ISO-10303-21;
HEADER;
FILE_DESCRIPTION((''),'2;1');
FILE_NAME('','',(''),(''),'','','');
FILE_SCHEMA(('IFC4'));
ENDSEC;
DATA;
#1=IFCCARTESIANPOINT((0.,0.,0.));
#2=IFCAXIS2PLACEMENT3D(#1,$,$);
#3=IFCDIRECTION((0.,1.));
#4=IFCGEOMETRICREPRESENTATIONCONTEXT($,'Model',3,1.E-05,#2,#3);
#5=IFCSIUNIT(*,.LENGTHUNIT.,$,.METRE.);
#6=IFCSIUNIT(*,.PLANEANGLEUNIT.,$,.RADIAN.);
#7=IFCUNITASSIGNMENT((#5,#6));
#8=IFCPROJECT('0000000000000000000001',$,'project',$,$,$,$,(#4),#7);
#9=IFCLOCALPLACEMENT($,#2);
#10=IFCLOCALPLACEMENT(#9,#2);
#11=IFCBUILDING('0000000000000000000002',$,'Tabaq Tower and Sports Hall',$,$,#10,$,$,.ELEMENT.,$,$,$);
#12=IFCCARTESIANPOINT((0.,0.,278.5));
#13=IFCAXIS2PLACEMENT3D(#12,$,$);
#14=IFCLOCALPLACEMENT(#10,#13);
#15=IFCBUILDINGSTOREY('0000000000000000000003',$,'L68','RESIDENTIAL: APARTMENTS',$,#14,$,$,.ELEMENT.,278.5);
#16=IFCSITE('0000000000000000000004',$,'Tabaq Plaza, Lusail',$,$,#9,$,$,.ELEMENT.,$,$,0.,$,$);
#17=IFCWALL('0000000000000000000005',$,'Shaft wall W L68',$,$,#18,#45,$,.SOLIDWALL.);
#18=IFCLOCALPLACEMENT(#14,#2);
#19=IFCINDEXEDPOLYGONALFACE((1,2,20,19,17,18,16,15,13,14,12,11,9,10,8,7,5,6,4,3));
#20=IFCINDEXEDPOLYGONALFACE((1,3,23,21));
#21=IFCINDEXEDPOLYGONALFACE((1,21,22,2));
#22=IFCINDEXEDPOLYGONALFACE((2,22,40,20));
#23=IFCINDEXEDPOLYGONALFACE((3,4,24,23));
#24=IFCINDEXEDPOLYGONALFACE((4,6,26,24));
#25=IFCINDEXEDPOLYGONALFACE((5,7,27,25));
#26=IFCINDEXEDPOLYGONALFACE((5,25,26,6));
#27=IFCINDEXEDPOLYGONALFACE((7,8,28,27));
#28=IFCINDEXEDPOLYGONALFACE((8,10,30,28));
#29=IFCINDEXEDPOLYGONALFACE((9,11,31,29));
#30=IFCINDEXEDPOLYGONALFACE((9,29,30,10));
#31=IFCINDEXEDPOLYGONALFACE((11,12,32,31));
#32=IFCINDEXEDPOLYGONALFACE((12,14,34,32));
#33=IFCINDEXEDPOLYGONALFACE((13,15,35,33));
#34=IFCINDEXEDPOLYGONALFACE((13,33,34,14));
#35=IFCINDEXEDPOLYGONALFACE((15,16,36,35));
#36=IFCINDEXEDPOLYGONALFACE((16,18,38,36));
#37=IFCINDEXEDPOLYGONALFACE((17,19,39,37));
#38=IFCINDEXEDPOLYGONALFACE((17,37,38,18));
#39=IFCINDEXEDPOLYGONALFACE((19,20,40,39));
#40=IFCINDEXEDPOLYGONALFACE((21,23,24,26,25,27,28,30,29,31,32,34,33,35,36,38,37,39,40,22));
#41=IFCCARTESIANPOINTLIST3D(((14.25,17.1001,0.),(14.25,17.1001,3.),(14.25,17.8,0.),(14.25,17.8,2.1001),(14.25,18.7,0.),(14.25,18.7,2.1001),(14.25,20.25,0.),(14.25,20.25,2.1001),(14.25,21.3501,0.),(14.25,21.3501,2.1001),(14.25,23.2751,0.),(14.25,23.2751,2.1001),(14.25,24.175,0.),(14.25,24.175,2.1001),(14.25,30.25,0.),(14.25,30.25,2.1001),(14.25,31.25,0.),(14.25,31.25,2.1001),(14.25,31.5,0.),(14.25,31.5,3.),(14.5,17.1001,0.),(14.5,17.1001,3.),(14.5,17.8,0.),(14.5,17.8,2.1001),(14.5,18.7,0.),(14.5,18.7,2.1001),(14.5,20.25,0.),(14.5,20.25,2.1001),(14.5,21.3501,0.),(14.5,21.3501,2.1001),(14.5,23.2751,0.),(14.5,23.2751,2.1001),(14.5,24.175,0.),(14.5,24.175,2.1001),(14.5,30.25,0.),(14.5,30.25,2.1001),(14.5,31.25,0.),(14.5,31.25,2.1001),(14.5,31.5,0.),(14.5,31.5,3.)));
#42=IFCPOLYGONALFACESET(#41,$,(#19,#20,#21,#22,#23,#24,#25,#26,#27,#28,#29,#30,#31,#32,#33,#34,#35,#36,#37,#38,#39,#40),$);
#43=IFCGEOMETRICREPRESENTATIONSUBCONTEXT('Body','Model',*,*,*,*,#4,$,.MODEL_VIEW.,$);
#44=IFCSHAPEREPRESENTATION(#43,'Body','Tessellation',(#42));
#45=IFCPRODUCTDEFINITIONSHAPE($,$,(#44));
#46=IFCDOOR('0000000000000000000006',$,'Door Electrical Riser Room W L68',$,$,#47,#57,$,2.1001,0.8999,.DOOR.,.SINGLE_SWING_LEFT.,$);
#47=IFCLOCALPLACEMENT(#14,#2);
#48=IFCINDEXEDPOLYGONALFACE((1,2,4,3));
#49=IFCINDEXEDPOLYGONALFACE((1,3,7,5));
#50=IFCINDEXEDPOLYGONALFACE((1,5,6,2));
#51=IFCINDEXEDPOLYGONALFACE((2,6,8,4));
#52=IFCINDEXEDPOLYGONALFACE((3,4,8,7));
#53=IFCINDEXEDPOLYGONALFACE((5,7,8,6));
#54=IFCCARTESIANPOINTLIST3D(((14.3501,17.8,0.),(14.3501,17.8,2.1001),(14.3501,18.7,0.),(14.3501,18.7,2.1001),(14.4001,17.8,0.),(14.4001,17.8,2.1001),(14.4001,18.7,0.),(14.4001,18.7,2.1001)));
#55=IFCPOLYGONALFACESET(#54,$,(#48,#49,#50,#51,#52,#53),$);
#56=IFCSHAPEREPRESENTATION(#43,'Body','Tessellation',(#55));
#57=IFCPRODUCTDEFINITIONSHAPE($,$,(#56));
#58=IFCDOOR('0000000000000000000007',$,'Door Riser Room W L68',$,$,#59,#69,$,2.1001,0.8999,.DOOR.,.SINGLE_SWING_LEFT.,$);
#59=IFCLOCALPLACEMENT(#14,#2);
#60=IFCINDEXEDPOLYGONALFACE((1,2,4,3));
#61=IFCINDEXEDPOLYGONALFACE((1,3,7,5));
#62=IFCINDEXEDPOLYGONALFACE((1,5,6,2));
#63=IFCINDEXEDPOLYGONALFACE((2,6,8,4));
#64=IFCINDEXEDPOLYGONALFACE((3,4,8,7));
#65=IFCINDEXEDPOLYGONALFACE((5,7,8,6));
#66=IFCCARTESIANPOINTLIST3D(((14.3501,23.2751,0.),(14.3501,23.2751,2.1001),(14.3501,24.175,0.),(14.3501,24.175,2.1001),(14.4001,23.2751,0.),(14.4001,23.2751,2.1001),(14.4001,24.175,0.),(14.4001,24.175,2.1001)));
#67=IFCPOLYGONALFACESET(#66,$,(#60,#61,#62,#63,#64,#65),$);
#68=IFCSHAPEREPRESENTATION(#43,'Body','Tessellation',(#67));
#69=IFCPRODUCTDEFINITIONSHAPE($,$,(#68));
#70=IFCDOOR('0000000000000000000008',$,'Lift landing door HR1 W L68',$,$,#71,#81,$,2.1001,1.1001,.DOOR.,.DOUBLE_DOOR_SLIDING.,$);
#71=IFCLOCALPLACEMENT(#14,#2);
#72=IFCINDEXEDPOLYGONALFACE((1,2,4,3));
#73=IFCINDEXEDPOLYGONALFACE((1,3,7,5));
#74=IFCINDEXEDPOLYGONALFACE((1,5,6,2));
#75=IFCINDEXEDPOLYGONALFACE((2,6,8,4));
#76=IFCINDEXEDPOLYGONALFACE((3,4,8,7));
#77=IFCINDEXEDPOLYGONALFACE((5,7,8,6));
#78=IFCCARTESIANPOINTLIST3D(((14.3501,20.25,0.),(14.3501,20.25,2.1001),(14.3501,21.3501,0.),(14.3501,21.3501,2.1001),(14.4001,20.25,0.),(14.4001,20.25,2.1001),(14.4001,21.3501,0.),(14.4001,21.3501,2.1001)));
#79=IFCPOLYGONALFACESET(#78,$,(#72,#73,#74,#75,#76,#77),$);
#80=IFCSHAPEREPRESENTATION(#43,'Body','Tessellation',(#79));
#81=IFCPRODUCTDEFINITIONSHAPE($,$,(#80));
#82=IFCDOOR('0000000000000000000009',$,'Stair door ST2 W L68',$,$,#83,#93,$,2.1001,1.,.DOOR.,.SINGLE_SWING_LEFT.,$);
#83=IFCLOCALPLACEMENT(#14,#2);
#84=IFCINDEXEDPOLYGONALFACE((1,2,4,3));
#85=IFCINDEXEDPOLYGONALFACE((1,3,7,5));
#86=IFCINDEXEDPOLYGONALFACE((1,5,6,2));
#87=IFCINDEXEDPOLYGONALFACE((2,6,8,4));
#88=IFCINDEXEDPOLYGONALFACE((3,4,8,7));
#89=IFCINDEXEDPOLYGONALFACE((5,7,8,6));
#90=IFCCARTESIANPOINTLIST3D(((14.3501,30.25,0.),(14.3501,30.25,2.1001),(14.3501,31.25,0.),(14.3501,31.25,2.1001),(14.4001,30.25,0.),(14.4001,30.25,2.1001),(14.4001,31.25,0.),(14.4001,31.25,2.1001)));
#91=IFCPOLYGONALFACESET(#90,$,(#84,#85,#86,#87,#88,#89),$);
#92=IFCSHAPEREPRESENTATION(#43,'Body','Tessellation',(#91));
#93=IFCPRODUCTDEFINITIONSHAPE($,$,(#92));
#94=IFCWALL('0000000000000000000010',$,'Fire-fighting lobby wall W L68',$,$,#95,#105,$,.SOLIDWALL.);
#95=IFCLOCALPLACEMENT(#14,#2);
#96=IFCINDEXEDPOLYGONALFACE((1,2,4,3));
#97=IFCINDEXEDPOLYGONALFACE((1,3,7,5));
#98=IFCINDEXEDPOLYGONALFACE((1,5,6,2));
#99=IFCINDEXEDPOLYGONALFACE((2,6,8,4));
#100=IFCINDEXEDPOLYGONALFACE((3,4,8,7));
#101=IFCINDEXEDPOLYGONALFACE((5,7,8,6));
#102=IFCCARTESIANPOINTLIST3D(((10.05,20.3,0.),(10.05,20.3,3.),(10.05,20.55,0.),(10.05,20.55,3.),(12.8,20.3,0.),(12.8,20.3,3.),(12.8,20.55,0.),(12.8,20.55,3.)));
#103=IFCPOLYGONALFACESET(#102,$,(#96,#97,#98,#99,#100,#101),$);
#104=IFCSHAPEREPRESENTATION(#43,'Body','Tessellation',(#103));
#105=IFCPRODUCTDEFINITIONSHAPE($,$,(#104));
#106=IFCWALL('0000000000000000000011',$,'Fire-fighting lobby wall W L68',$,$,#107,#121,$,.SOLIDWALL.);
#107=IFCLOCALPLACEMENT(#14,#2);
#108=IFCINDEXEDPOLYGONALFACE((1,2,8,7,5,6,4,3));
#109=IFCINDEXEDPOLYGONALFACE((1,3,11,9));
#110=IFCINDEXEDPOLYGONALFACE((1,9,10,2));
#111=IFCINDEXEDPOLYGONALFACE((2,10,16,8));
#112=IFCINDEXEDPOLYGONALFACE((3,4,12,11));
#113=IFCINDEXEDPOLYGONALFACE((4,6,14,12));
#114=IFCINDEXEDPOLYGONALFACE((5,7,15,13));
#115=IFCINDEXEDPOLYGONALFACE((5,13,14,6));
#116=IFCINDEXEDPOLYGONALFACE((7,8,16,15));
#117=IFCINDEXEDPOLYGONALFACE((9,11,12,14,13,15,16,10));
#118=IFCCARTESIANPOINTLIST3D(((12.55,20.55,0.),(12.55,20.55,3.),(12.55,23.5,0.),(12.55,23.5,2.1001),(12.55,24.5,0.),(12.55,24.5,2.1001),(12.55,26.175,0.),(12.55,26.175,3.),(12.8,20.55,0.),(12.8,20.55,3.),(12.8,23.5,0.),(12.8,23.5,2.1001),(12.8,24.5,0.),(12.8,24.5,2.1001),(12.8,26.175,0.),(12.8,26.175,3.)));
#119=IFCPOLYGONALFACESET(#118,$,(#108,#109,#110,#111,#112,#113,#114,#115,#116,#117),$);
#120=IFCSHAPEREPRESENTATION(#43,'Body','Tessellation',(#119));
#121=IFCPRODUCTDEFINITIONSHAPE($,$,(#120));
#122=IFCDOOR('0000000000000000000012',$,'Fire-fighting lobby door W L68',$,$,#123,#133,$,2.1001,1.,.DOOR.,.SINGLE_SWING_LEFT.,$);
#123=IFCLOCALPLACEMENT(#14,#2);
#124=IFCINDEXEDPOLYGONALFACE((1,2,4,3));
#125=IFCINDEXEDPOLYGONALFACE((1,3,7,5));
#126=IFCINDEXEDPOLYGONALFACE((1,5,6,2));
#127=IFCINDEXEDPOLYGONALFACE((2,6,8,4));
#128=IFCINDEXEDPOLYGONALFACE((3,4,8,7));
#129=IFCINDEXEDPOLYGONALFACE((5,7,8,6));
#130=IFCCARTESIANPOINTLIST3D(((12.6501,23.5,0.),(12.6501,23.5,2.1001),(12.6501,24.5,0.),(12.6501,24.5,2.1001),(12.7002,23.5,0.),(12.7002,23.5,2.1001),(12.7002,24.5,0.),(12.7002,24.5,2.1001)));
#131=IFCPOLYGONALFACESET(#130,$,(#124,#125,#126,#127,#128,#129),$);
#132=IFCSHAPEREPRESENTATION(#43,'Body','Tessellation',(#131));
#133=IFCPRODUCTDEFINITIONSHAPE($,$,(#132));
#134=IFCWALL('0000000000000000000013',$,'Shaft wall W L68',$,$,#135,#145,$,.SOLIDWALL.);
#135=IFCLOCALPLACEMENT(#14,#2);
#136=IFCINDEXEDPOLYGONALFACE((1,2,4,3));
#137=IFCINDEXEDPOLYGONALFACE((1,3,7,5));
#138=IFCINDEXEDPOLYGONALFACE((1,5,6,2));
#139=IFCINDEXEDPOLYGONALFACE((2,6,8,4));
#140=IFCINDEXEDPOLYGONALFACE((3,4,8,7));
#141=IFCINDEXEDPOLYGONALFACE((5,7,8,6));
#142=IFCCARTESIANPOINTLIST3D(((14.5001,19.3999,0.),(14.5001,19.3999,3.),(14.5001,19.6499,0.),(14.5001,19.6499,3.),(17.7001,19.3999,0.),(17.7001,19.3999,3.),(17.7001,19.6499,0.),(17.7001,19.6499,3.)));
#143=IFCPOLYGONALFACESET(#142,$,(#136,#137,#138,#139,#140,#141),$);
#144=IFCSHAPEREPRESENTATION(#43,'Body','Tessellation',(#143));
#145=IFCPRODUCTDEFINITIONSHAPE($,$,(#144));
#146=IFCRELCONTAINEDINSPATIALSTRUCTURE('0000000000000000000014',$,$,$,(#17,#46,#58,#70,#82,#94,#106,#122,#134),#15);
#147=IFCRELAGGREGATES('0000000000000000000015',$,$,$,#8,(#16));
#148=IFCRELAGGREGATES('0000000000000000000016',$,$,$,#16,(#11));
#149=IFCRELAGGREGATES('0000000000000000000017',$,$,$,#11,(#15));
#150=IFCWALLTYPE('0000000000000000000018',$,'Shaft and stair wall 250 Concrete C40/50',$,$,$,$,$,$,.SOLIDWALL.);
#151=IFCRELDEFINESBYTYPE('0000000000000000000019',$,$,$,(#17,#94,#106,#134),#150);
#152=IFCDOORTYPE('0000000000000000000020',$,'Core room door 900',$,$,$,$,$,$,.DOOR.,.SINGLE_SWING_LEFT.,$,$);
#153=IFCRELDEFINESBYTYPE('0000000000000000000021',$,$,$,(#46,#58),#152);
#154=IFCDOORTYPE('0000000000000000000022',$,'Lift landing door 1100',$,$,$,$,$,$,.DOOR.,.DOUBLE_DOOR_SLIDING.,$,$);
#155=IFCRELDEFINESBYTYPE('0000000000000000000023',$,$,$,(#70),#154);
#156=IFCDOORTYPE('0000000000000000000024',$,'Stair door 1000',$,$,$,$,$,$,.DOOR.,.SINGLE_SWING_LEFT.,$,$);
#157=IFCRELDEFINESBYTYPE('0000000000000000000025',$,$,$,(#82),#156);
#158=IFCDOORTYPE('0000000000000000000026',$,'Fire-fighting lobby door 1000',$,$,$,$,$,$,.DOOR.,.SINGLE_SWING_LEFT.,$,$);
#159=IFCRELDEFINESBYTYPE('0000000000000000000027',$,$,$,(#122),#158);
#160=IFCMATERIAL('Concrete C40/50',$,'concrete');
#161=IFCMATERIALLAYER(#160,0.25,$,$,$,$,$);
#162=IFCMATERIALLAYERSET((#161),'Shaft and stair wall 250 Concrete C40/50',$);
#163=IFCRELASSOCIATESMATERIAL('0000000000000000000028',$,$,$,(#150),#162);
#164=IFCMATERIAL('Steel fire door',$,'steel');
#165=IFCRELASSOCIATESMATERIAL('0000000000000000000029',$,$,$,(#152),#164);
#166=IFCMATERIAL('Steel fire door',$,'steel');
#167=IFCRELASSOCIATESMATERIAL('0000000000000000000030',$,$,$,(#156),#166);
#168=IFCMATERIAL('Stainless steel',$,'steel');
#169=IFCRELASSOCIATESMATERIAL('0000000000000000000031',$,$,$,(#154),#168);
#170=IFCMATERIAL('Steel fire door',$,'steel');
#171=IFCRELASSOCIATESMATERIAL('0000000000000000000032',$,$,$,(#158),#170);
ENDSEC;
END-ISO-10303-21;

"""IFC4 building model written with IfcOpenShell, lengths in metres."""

from ifc_helpers import new_model, si_unit, direction, frame, frame_2d, origin, place, context, subcontext, project, spatial, rectangle, extrude, material, layer, layer_set, type_object, element, fill, save


model = new_model("IFC4")

# Units and contexts
model_context = context("Model", 3, precision=1e-05, world=origin(), true_north=direction((0.0, 1.0)))
body_context = subcontext(model_context, "Body", "Model", "MODEL_VIEW")
ifc_project = project(units=[si_unit("LENGTHUNIT", "METRE"), si_unit("PLANEANGLEUNIT", "RADIAN")], contexts=[model_context])

# Site, building, storey
site_placement = place(None, origin())
site = spatial("IfcSite", under=ifc_project, at=site_placement, Name="Tabaq Plaza, Lusail", CompositionType="ELEMENT", RefElevation=0.0)
building_placement = place(site_placement, origin())
building = spatial("IfcBuilding", under=site, at=building_placement, Name="Tabaq Tower and Sports Hall", CompositionType="ELEMENT")
storey_placement = place(building_placement, frame((0.0, 0.0, 278.5)))
storey = spatial("IfcBuildingStorey", under=building, at=storey_placement, Name="L68", Description="RESIDENTIAL: APARTMENTS", CompositionType="ELEMENT", Elevation=278.5)

# Wall, openings, doors
ifc_material_1 = material(Name="Concrete C40/50", Category="concrete")
ifc_layer_1 = layer(ifc_material_1, 0.25)
ifc_layer_set_1 = layer_set([ifc_layer_1], Name="Shaft and stair wall 250 Concrete C40/50")
wall_type_1 = type_object("IfcWallType", Name="Shaft and stair wall 250 Concrete C40/50", PredefinedType="SOLIDWALL", material=ifc_layer_set_1)
ifc_material_2 = material(Name="Steel fire door", Category="steel")
door_type_1 = type_object("IfcDoorType", Name="Core room door 900", OperationType="SINGLE_SWING_LEFT", PredefinedType="DOOR", material=ifc_material_2)
ifc_material_3 = material(Name="Steel fire door", Category="steel")
door_type_2 = type_object("IfcDoorType", Name="Stair door 1000", OperationType="SINGLE_SWING_LEFT", PredefinedType="DOOR", material=ifc_material_3)
wall_1_placement = place(storey_placement, frame((14.375, 17.1001, 0.0), z_axis=(0.0, 0.0, 1.0), x_axis=(0.0, 1.0, 0.0)))
wall_1 = element("IfcWall", 1, at=wall_1_placement, inside=storey, type_object=wall_type_1, Name="Shaft wall W L68", PredefinedType="SOLIDWALL", context=body_context, shape_type="SweptSolid", body=[
    extrude(rectangle(XDim=14.3999, YDim=0.25, at=frame_2d((7.2, 0.0))), origin(), (0.0, 0.0, 1.0), 3.0),
])
opening_1_placement = place(wall_1_placement, frame((13.1499, 0.0, 0.0)))
opening_1 = element("IfcOpeningElement", 2, at=opening_1_placement, cuts=wall_1, PredefinedType="OPENING", context=body_context, shape_type="SweptSolid", body=[
    extrude(rectangle(XDim=1.0, YDim=2.1001, at=frame_2d((0.5, 1.05))), frame((0.0, 0.125, 0.0), z_axis=(0.0, -1.0, 0.0), x_axis=(1.0, 0.0, 0.0)), (0.0, 0.0, 1.0), 0.25),
])
opening_2_placement = place(wall_1_placement, frame((3.1499, 0.0, 0.0)))
opening_2 = element("IfcOpeningElement", 3, at=opening_2_placement, cuts=wall_1, PredefinedType="OPENING", context=body_context, shape_type="SweptSolid", body=[
    extrude(rectangle(XDim=1.1001, YDim=2.1001, at=frame_2d((0.55, 1.05))), frame((0.0, 0.125, 0.0), z_axis=(0.0, -1.0, 0.0), x_axis=(1.0, 0.0, 0.0)), (0.0, 0.0, 1.0), 0.25),
])
opening_3_placement = place(wall_1_placement, frame((0.7, 0.0, 0.0)))
opening_3 = element("IfcOpeningElement", 4, at=opening_3_placement, cuts=wall_1, PredefinedType="OPENING", context=body_context, shape_type="SweptSolid", body=[
    extrude(rectangle(XDim=0.8999, YDim=2.1001, at=frame_2d((0.45, 1.05))), frame((0.0, 0.125, 0.0), z_axis=(0.0, -1.0, 0.0), x_axis=(1.0, 0.0, 0.0)), (0.0, 0.0, 1.0), 0.25),
])
opening_4_placement = place(wall_1_placement, frame((6.175, 0.0, 0.0)))
opening_4 = element("IfcOpeningElement", 5, at=opening_4_placement, cuts=wall_1, PredefinedType="OPENING", context=body_context, shape_type="SweptSolid", body=[
    extrude(rectangle(XDim=0.8999, YDim=2.1001, at=frame_2d((0.45, 1.05))), frame((0.0, 0.125, 0.0), z_axis=(0.0, -1.0, 0.0), x_axis=(1.0, 0.0, 0.0)), (0.0, 0.0, 1.0), 0.25),
])
door_1_placement = place(opening_3_placement, origin())
door_1 = element("IfcDoor", 6, at=door_1_placement, inside=storey, type_object=door_type_1, Name="Door Electrical Riser Room W L68", OperationType="SINGLE_SWING_LEFT", OverallHeight=2.1001, OverallWidth=0.8999, PredefinedType="DOOR", context=body_context, shape_type="SweptSolid", body=[
    extrude(rectangle(XDim=0.8999, YDim=2.1001, at=frame_2d((0.45, 1.05))), frame((0.0, 0.0249, 0.0), z_axis=(0.0, -1.0, 0.0), x_axis=(1.0, 0.0, 0.0)), (0.0, 0.0, 1.0), 0.05),
])
fill(opening_3, door_1)
door_2_placement = place(opening_4_placement, origin())
door_2 = element("IfcDoor", 7, at=door_2_placement, inside=storey, type_object=door_type_1, Name="Door Riser Room W L68", OperationType="SINGLE_SWING_LEFT", OverallHeight=2.1001, OverallWidth=0.8999, PredefinedType="DOOR", context=body_context, shape_type="SweptSolid", body=[
    extrude(rectangle(XDim=0.8999, YDim=2.1001, at=frame_2d((0.45, 1.05))), frame((0.0, 0.0249, 0.0), z_axis=(0.0, -1.0, 0.0), x_axis=(1.0, 0.0, 0.0)), (0.0, 0.0, 1.0), 0.05),
])
fill(opening_4, door_2)
ifc_material_4 = material(Name="Stainless steel", Category="steel")
door_type_3 = type_object("IfcDoorType", Name="Lift landing door 1100", OperationType="DOUBLE_DOOR_SLIDING", PredefinedType="DOOR", material=ifc_material_4)
door_3_placement = place(opening_2_placement, origin())
door_3 = element("IfcDoor", 8, at=door_3_placement, inside=storey, type_object=door_type_3, Name="Lift landing door HR1 W L68", OperationType="DOUBLE_DOOR_SLIDING", OverallHeight=2.1001, OverallWidth=1.1001, PredefinedType="DOOR", context=body_context, shape_type="SweptSolid", body=[
    extrude(rectangle(XDim=1.1001, YDim=2.1001, at=frame_2d((0.55, 1.05))), frame((0.0, 0.0249, 0.0), z_axis=(0.0, -1.0, 0.0), x_axis=(1.0, 0.0, 0.0)), (0.0, 0.0, 1.0), 0.05),
])
fill(opening_2, door_3)
door_4_placement = place(opening_1_placement, origin())
door_4 = element("IfcDoor", 9, at=door_4_placement, inside=storey, type_object=door_type_2, Name="Stair door ST2 W L68", OperationType="SINGLE_SWING_LEFT", OverallHeight=2.1001, OverallWidth=1.0, PredefinedType="DOOR", context=body_context, shape_type="SweptSolid", body=[
    extrude(rectangle(XDim=1.0, YDim=2.1001, at=frame_2d((0.5, 1.05))), frame((0.0, 0.0249, 0.0), z_axis=(0.0, -1.0, 0.0), x_axis=(1.0, 0.0, 0.0)), (0.0, 0.0, 1.0), 0.05),
])
fill(opening_1, door_4)

# Wall
wall_2_placement = place(storey_placement, frame((10.05, 20.425, 0.0), z_axis=(0.0, 0.0, 1.0), x_axis=(1.0, 0.0, 0.0)))
element("IfcWall", 10, at=wall_2_placement, inside=storey, type_object=wall_type_1, Name="Fire-fighting lobby wall W L68", PredefinedType="SOLIDWALL", context=body_context, shape_type="SweptSolid", body=[
    extrude(rectangle(XDim=2.75, YDim=0.25, at=frame_2d((1.375, 0.0))), origin(), (0.0, 0.0, 1.0), 3.0),
])

# Wall, opening, door
wall_3_placement = place(storey_placement, frame((12.675, 20.55, 0.0), z_axis=(0.0, 0.0, 1.0), x_axis=(0.0, 1.0, 0.0)))
wall_3 = element("IfcWall", 11, at=wall_3_placement, inside=storey, type_object=wall_type_1, Name="Fire-fighting lobby wall W L68", PredefinedType="SOLIDWALL", context=body_context, shape_type="SweptSolid", body=[
    extrude(rectangle(XDim=5.625, YDim=0.25, at=frame_2d((2.8125, 0.0))), origin(), (0.0, 0.0, 1.0), 3.0),
])
opening_5_placement = place(wall_3_placement, frame((2.95, 0.0, 0.0)))
opening_5 = element("IfcOpeningElement", 12, at=opening_5_placement, cuts=wall_3, PredefinedType="OPENING", context=body_context, shape_type="SweptSolid", body=[
    extrude(rectangle(XDim=1.0, YDim=2.1001, at=frame_2d((0.5, 1.05))), frame((0.0, 0.125, 0.0), z_axis=(0.0, -1.0, 0.0), x_axis=(1.0, 0.0, 0.0)), (0.0, 0.0, 1.0), 0.25),
])
ifc_material_5 = material(Name="Steel fire door", Category="steel")
door_type_4 = type_object("IfcDoorType", Name="Fire-fighting lobby door 1000", OperationType="SINGLE_SWING_LEFT", PredefinedType="DOOR", material=ifc_material_5)
door_5_placement = place(opening_5_placement, origin())
door_5 = element("IfcDoor", 13, at=door_5_placement, inside=storey, type_object=door_type_4, Name="Fire-fighting lobby door W L68", OperationType="SINGLE_SWING_LEFT", OverallHeight=2.1001, OverallWidth=1.0, PredefinedType="DOOR", context=body_context, shape_type="SweptSolid", body=[
    extrude(rectangle(XDim=1.0, YDim=2.1001, at=frame_2d((0.5, 1.05))), frame((0.0, 0.0249, 0.0), z_axis=(0.0, -1.0, 0.0), x_axis=(1.0, 0.0, 0.0)), (0.0, 0.0, 1.0), 0.05),
])
fill(opening_5, door_5)

# Wall
wall_4_placement = place(storey_placement, frame((14.5, 19.5249, 0.0), z_axis=(0.0, 0.0, 1.0), x_axis=(1.0, 0.0, 0.0)))
element("IfcWall", 14, at=wall_4_placement, inside=storey, type_object=wall_type_1, Name="Shaft wall W L68", PredefinedType="SOLIDWALL", context=body_context, shape_type="SweptSolid", body=[
    extrude(rectangle(XDim=3.2, YDim=0.25, at=frame_2d((1.6001, 0.0))), origin(), (0.0, 0.0, 1.0), 3.0),
])

save(model, "model.ifc")
